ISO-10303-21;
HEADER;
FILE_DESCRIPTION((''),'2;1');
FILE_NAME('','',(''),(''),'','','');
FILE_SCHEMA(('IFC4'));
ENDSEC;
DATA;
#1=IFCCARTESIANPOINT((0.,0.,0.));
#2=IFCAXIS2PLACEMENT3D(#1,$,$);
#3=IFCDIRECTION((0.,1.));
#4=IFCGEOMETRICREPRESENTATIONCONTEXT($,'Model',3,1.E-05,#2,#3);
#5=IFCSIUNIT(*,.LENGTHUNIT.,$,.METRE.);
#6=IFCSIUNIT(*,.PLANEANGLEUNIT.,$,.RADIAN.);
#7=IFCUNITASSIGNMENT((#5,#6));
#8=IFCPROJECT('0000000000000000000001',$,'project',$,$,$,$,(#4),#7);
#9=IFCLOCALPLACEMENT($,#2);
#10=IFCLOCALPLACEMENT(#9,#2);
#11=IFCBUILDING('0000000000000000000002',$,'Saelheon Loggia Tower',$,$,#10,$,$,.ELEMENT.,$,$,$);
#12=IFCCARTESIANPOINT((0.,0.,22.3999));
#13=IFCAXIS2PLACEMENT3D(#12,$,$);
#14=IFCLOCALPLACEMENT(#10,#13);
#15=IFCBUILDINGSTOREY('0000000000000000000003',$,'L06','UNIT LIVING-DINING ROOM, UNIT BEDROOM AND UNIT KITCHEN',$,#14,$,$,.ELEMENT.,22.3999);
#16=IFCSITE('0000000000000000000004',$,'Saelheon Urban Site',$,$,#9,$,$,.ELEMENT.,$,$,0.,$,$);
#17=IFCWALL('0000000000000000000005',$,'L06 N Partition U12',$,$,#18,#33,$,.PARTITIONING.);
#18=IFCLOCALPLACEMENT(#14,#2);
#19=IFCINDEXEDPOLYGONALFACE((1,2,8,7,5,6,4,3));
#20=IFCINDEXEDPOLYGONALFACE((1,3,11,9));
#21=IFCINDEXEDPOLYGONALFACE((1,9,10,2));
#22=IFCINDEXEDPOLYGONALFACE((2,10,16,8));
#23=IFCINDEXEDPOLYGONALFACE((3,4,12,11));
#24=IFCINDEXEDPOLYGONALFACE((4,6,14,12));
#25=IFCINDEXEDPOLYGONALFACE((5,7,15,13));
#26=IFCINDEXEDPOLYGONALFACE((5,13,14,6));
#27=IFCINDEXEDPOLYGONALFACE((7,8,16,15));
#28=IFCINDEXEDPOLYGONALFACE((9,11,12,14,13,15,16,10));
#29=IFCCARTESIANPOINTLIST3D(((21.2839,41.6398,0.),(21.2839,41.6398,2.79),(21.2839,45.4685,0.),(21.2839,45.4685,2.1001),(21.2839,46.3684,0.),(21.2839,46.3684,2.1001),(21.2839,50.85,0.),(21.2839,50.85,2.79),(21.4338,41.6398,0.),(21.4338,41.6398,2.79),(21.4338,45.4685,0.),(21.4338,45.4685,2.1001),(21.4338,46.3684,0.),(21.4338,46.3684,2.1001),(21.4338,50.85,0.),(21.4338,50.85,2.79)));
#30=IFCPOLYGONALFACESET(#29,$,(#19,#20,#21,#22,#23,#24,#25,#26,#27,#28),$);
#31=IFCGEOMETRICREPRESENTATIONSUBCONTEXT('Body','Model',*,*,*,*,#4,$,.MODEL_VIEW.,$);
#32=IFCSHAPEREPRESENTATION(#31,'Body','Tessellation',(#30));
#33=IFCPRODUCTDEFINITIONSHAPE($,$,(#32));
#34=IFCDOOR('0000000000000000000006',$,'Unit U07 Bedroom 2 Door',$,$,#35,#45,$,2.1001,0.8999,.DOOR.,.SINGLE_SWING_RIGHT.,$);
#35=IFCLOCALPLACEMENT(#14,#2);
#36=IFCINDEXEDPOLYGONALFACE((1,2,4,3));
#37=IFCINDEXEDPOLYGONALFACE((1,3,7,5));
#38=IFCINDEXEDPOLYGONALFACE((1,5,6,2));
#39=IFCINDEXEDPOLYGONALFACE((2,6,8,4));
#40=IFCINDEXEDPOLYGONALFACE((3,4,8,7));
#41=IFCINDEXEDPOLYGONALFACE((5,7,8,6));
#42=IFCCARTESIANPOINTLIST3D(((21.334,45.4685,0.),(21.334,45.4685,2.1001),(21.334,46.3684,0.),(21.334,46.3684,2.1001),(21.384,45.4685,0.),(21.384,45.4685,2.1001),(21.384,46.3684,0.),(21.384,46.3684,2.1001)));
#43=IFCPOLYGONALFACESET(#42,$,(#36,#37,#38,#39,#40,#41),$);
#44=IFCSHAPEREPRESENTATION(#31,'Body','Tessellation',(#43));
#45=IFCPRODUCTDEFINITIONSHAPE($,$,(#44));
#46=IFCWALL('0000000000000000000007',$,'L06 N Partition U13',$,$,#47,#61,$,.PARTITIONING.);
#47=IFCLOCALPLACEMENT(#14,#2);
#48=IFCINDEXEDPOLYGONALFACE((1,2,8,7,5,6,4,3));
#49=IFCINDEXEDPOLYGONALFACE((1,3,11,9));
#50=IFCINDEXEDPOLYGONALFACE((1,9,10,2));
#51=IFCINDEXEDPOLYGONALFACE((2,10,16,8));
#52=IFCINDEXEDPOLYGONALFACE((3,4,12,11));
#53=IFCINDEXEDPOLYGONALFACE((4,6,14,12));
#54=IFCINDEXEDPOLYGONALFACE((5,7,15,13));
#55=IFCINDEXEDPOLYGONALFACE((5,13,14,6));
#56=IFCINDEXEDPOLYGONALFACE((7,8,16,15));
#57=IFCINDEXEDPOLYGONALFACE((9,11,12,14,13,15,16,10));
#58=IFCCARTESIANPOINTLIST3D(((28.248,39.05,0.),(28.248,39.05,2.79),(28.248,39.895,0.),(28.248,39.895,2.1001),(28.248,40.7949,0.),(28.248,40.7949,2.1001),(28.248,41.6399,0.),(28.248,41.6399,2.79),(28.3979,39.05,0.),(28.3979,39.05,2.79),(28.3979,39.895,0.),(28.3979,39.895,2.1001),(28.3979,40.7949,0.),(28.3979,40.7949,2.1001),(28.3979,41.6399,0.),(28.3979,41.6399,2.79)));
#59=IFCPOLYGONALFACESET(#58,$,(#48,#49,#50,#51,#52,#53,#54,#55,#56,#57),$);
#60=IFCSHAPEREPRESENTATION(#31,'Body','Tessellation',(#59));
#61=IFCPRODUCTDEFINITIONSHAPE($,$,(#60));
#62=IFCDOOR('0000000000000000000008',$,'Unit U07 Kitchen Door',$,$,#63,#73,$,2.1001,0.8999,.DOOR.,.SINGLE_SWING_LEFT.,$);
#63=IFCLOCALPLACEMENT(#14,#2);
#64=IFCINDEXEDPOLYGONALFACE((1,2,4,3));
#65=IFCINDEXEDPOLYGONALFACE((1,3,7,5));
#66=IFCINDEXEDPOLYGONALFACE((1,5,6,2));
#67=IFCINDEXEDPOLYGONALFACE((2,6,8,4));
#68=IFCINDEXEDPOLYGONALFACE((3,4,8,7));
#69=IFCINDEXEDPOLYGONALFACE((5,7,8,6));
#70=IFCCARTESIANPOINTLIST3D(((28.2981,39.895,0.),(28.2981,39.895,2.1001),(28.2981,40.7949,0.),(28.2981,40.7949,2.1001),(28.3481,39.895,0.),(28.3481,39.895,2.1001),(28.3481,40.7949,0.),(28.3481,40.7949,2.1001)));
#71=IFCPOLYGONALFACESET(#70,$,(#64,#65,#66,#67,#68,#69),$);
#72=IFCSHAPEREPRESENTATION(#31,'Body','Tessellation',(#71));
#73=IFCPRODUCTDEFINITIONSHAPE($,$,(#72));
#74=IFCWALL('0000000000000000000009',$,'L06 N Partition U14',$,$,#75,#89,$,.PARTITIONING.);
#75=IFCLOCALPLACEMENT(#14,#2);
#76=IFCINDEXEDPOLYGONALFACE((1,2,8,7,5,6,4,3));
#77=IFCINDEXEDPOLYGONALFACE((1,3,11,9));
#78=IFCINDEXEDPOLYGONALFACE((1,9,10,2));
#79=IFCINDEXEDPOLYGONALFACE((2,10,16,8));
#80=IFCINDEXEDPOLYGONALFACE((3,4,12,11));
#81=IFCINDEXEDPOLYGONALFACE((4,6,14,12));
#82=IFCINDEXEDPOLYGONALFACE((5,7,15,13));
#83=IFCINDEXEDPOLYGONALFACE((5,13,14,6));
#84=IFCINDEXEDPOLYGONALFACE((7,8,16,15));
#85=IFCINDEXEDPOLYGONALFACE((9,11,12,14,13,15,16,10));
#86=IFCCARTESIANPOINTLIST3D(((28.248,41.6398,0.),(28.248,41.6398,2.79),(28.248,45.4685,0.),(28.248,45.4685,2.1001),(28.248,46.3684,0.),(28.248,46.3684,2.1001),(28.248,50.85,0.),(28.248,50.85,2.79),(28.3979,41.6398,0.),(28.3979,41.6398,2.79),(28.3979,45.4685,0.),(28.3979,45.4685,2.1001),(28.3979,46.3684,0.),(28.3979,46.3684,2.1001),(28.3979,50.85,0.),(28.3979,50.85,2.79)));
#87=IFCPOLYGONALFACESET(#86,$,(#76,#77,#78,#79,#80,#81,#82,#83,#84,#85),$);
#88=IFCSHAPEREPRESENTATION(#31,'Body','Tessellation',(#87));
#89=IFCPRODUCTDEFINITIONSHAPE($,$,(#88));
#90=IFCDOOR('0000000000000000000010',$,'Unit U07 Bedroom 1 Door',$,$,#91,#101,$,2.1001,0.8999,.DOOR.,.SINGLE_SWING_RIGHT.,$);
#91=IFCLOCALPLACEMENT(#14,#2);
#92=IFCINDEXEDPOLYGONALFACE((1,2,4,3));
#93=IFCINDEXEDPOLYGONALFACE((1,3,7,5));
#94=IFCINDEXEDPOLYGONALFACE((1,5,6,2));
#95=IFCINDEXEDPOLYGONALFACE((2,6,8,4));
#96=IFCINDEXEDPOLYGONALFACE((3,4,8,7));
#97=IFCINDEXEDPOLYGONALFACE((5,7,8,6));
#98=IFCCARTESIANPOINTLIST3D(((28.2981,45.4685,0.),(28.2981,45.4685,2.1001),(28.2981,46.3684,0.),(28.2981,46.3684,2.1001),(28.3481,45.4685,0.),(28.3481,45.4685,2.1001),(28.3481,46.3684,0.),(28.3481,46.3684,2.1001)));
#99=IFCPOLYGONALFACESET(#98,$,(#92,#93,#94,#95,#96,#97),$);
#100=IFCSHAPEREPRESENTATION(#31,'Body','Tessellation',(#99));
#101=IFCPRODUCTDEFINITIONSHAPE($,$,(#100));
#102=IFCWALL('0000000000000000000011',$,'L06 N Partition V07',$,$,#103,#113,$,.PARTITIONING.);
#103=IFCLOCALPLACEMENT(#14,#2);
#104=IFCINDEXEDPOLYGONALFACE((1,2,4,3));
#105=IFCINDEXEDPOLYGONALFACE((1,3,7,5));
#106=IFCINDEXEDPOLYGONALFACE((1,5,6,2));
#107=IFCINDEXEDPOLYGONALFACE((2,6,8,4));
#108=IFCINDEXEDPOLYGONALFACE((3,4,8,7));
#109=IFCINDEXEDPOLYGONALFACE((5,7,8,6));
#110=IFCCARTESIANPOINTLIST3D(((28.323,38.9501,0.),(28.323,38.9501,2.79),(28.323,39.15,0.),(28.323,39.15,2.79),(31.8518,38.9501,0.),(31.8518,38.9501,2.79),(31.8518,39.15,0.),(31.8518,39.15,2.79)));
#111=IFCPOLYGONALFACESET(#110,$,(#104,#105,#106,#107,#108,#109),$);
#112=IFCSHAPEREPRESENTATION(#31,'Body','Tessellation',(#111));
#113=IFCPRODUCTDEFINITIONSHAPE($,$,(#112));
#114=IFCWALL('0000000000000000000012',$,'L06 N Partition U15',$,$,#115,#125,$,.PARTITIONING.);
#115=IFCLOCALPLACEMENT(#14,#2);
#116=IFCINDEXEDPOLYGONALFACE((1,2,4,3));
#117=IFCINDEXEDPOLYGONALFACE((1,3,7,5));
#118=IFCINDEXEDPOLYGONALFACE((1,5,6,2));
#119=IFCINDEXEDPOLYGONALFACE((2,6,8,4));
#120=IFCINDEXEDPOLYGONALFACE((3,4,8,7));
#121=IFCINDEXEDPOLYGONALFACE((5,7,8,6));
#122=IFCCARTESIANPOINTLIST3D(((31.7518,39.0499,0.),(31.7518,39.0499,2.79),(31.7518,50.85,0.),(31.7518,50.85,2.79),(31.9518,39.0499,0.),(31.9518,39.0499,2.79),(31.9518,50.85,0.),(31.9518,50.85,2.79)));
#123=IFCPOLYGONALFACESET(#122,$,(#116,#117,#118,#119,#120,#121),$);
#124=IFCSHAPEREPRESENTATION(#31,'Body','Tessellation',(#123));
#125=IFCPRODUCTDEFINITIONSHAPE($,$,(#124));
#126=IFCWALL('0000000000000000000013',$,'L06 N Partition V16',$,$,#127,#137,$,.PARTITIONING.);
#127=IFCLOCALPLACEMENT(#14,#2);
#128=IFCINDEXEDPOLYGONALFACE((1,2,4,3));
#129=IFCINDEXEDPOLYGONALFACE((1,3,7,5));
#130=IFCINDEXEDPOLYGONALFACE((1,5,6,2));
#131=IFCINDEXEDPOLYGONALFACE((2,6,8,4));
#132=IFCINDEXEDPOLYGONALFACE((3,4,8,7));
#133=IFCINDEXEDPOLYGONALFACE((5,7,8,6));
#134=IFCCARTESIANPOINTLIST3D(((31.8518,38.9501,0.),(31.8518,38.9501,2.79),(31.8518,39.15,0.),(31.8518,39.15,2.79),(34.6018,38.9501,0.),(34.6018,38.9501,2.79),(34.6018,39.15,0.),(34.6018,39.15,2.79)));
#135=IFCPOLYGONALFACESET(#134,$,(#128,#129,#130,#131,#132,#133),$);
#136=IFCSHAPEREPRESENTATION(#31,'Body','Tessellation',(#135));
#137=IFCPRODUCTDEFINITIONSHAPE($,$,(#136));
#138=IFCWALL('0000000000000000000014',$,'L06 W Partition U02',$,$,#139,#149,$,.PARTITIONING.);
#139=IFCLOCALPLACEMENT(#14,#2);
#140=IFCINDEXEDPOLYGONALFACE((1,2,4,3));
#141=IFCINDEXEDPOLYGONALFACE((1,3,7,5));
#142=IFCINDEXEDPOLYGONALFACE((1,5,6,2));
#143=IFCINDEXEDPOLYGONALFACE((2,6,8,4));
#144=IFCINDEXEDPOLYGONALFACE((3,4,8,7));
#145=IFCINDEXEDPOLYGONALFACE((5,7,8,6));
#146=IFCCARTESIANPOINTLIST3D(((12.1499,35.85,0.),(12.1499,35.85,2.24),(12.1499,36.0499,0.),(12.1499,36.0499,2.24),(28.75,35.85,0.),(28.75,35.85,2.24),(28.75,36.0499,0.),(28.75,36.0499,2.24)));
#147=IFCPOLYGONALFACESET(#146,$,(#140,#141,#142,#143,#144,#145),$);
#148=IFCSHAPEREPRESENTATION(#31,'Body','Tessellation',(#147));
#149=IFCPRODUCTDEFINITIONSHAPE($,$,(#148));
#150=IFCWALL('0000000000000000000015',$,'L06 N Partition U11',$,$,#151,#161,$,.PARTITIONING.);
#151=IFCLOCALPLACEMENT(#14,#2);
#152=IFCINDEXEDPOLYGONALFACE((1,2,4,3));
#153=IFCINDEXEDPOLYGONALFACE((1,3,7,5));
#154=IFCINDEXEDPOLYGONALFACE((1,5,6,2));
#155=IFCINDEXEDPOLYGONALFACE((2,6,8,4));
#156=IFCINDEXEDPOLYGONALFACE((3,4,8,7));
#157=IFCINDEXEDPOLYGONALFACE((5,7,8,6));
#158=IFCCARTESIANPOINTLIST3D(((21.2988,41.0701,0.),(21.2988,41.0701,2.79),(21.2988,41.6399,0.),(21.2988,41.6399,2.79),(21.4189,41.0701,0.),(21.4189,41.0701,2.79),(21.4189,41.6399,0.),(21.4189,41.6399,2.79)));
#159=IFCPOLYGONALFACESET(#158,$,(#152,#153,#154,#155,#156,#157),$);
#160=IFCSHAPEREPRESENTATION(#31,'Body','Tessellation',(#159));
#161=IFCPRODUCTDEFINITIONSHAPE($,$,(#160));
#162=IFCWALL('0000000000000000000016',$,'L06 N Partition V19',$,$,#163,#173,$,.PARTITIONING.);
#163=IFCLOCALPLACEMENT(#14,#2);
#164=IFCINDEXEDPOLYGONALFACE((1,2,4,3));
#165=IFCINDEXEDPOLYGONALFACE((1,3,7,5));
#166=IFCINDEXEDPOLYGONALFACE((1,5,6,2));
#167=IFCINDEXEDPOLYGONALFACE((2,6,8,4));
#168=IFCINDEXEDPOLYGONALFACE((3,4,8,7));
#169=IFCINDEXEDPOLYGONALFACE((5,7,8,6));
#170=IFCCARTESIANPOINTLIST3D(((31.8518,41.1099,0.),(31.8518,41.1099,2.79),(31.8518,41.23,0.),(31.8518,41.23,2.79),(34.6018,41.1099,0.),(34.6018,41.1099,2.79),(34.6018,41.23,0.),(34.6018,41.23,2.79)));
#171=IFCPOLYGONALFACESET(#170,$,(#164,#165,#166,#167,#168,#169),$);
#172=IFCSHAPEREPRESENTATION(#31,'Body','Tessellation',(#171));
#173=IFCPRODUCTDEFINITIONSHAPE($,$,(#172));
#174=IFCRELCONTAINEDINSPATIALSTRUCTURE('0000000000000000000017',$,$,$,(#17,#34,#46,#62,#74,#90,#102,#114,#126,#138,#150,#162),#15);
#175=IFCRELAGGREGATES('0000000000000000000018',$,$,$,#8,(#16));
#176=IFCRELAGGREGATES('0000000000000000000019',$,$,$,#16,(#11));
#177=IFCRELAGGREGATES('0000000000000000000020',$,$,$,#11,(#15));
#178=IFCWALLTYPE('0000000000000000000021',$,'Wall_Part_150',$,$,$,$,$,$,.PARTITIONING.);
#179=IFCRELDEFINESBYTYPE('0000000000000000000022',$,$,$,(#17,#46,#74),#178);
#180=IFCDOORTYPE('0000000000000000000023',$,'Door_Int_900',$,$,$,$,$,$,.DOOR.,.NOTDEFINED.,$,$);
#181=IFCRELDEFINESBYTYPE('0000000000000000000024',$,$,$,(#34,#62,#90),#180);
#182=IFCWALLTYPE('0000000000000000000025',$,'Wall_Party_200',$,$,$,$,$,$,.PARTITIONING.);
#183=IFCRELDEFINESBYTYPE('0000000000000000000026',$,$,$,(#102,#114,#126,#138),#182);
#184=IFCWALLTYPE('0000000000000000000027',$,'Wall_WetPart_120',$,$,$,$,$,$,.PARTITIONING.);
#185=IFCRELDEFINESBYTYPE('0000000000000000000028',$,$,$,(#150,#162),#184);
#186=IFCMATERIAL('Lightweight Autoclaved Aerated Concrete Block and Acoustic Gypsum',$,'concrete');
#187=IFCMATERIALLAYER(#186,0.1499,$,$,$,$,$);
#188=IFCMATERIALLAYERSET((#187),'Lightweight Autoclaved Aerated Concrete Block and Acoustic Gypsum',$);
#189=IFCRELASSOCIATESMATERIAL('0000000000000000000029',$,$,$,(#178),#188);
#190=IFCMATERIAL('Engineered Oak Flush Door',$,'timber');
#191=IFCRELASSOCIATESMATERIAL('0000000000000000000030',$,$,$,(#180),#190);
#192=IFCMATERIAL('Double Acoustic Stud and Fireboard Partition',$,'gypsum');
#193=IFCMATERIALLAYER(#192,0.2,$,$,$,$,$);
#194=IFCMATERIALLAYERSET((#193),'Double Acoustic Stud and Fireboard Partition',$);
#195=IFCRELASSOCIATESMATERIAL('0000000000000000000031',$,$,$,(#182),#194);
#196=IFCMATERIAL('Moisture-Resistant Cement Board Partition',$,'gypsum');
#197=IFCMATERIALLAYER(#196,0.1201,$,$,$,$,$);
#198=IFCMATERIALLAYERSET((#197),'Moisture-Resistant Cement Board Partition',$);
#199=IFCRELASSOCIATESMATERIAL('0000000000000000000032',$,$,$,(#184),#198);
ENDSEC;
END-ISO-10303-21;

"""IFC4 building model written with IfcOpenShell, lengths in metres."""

from ifc_helpers import new_model, si_unit, direction, frame, frame_2d, origin, place, context, subcontext, project, spatial, rectangle, extrude, source, transform, mapped, material, layer, layer_set, type_object, element, fill, save


model = new_model("IFC4")

# Units and contexts
model_context = context("Model", 3, precision=1e-05, world=origin(), true_north=direction((0.0, 1.0)))
body_context = subcontext(model_context, "Body", "Model", "MODEL_VIEW")
ifc_project = project(units=[si_unit("LENGTHUNIT", "METRE"), si_unit("PLANEANGLEUNIT", "RADIAN")], contexts=[model_context])

# Site, building, storey
site_placement = place(None, origin())
site = spatial("IfcSite", under=ifc_project, at=site_placement, Name="Saelheon Urban Site", CompositionType="ELEMENT", RefElevation=0.0)
building_placement = place(site_placement, origin())
building = spatial("IfcBuilding", under=site, at=building_placement, Name="Saelheon Loggia Tower", CompositionType="ELEMENT")
storey_placement = place(building_placement, frame((0.0, 0.0, 22.3999)))
storey = spatial("IfcBuildingStorey", under=building, at=storey_placement, Name="L06", Description="UNIT LIVING-DINING ROOM, UNIT BEDROOM AND UNIT KITCHEN", CompositionType="ELEMENT", Elevation=22.3999)

# Shared definitions
ifc_material_1 = material(Name="Lightweight Autoclaved Aerated Concrete Block and Acoustic Gypsum", Category="concrete")
ifc_layer_1 = layer(ifc_material_1, 0.1499)
ifc_layer_set_1 = layer_set([ifc_layer_1], Name="Lightweight Autoclaved Aerated Concrete Block and Acoustic Gypsum")
wall_type_1 = type_object("IfcWallType", Name="Wall_Part_150", PredefinedType="PARTITIONING", material=ifc_layer_set_1)

# Walls, openings, doors
wall_1_placement = place(storey_placement, frame((21.3589, 41.6399, 0.0), z_axis=(0.0, 0.0, 1.0), x_axis=(0.0, 1.0, 0.0)))
wall_1 = element("IfcWall", 1, at=wall_1_placement, inside=storey, type_object=wall_type_1, Name="L06 N Partition U12", PredefinedType="PARTITIONING", context=body_context, shape_type="SweptSolid", body=[
    extrude(rectangle(XDim=9.2102, YDim=0.1499, at=frame_2d((4.605, 0.0))), origin(), (0.0, 0.0, 1.0), 2.79),
])
opening_1_placement = place(wall_1_placement, frame((3.8286, 0.0, 0.0)))
opening_1 = element("IfcOpeningElement", 2, at=opening_1_placement, cuts=wall_1, PredefinedType="OPENING", context=body_context, shape_type="SweptSolid", body=[
    extrude(rectangle(XDim=0.8999, YDim=2.1001, at=frame_2d((0.45, 1.05))), frame((0.0, 0.0869, 0.0), z_axis=(0.0, -1.0, 0.0), x_axis=(1.0, 0.0, 0.0)), (0.0, 0.0, 1.0), 0.1738),
])
ifc_material_2 = material(Name="Engineered Oak Flush Door", Category="timber")
door_type_1 = type_object("IfcDoorType", Name="Door_Int_900", OperationType="NOTDEFINED", PredefinedType="DOOR", material=ifc_material_2)
shared_shape_1 = source(origin(), body_context, "Body", "SweptSolid", [
    extrude(rectangle(XDim=0.8999, YDim=2.1001, at=frame_2d((0.45, 1.05))), frame((0.0, 0.0249, 0.0), z_axis=(0.0, -1.0, 0.0), x_axis=(1.0, 0.0, 0.0)), (0.0, 0.0, 1.0), 0.05),
])
door_1_placement = place(opening_1_placement, origin())
door_1 = element("IfcDoor", 3, at=door_1_placement, inside=storey, type_object=door_type_1, Name="Unit U07 Bedroom 2 Door", OperationType="SINGLE_SWING_RIGHT", OverallHeight=2.1001, OverallWidth=0.8999, PredefinedType="DOOR", context=body_context, shape_type="MappedRepresentation", body=[
    mapped(shared_shape_1, transform((0.0, 0.0, 0.0), scale=1.0)),
])
fill(opening_1, door_1)
wall_2_placement = place(storey_placement, frame((28.323, 39.05, 0.0), z_axis=(0.0, 0.0, 1.0), x_axis=(0.0, 1.0, 0.0)))
wall_2 = element("IfcWall", 4, at=wall_2_placement, inside=storey, type_object=wall_type_1, Name="L06 N Partition U13", PredefinedType="PARTITIONING", context=body_context, shape_type="SweptSolid", body=[
    extrude(rectangle(XDim=2.5898, YDim=0.1499, at=frame_2d((1.2949, 0.0))), origin(), (0.0, 0.0, 1.0), 2.79),
])
opening_2_placement = place(wall_2_placement, frame((0.845, 0.0, 0.0)))
opening_2 = element("IfcOpeningElement", 5, at=opening_2_placement, cuts=wall_2, PredefinedType="OPENING", context=body_context, shape_type="SweptSolid", body=[
    extrude(rectangle(XDim=0.8999, YDim=2.1001, at=frame_2d((0.45, 1.05))), frame((0.0, 0.0869, 0.0), z_axis=(0.0, -1.0, 0.0), x_axis=(1.0, 0.0, 0.0)), (0.0, 0.0, 1.0), 0.1738),
])
door_2_placement = place(opening_2_placement, origin())
door_2 = element("IfcDoor", 6, at=door_2_placement, inside=storey, type_object=door_type_1, Name="Unit U07 Kitchen Door", OperationType="SINGLE_SWING_LEFT", OverallHeight=2.1001, OverallWidth=0.8999, PredefinedType="DOOR", context=body_context, shape_type="MappedRepresentation", body=[
    mapped(shared_shape_1, transform((0.0, 0.0, 0.0), scale=1.0)),
])
fill(opening_2, door_2)
wall_3_placement = place(storey_placement, frame((28.323, 41.6399, 0.0), z_axis=(0.0, 0.0, 1.0), x_axis=(0.0, 1.0, 0.0)))
wall_3 = element("IfcWall", 7, at=wall_3_placement, inside=storey, type_object=wall_type_1, Name="L06 N Partition U14", PredefinedType="PARTITIONING", context=body_context, shape_type="SweptSolid", body=[
    extrude(rectangle(XDim=9.2102, YDim=0.1499, at=frame_2d((4.605, 0.0))), origin(), (0.0, 0.0, 1.0), 2.79),
])
opening_3_placement = place(wall_3_placement, frame((3.8286, 0.0, 0.0)))
opening_3 = element("IfcOpeningElement", 8, at=opening_3_placement, cuts=wall_3, PredefinedType="OPENING", context=body_context, shape_type="SweptSolid", body=[
    extrude(rectangle(XDim=0.8999, YDim=2.1001, at=frame_2d((0.45, 1.05))), frame((0.0, 0.0869, 0.0), z_axis=(0.0, -1.0, 0.0), x_axis=(1.0, 0.0, 0.0)), (0.0, 0.0, 1.0), 0.1738),
])
door_3_placement = place(opening_3_placement, origin())
door_3 = element("IfcDoor", 9, at=door_3_placement, inside=storey, type_object=door_type_1, Name="Unit U07 Bedroom 1 Door", OperationType="SINGLE_SWING_RIGHT", OverallHeight=2.1001, OverallWidth=0.8999, PredefinedType="DOOR", context=body_context, shape_type="MappedRepresentation", body=[
    mapped(shared_shape_1, transform((0.0, 0.0, 0.0), scale=1.0)),
])
fill(opening_3, door_3)

# Walls
ifc_material_3 = material(Name="Double Acoustic Stud and Fireboard Partition", Category="gypsum")
ifc_layer_2 = layer(ifc_material_3, 0.2)
ifc_layer_set_2 = layer_set([ifc_layer_2], Name="Double Acoustic Stud and Fireboard Partition")
wall_type_2 = type_object("IfcWallType", Name="Wall_Party_200", PredefinedType="PARTITIONING", material=ifc_layer_set_2)
wall_4_placement = place(storey_placement, frame((28.323, 39.05, 0.0), z_axis=(0.0, 0.0, 1.0), x_axis=(1.0, 0.0, 0.0)))
element("IfcWall", 10, at=wall_4_placement, inside=storey, type_object=wall_type_2, Name="L06 N Partition V07", PredefinedType="PARTITIONING", context=body_context, shape_type="SweptSolid", body=[
    extrude(rectangle(XDim=3.5288, YDim=0.2, at=frame_2d((1.7644, 0.0))), origin(), (0.0, 0.0, 1.0), 2.79),
])
wall_5_placement = place(storey_placement, frame((31.8518, 39.05, 0.0), z_axis=(0.0, 0.0, 1.0), x_axis=(0.0, 1.0, 0.0)))
element("IfcWall", 11, at=wall_5_placement, inside=storey, type_object=wall_type_2, Name="L06 N Partition U15", PredefinedType="PARTITIONING", context=body_context, shape_type="SweptSolid", body=[
    extrude(rectangle(XDim=11.8, YDim=0.2, at=frame_2d((5.8999, 0.0))), origin(), (0.0, 0.0, 1.0), 2.79),
])
wall_6_placement = place(storey_placement, frame((31.8518, 39.05, 0.0), z_axis=(0.0, 0.0, 1.0), x_axis=(1.0, 0.0, 0.0)))
element("IfcWall", 12, at=wall_6_placement, inside=storey, type_object=wall_type_2, Name="L06 N Partition V16", PredefinedType="PARTITIONING", context=body_context, shape_type="SweptSolid", body=[
    extrude(rectangle(XDim=2.75, YDim=0.2, at=frame_2d((1.375, 0.0))), origin(), (0.0, 0.0, 1.0), 2.79),
])
wall_7_placement = place(storey_placement, frame((28.75, 35.95, 0.0), z_axis=(0.0, 0.0, 1.0), x_axis=(-1.0, 0.0, 0.0)))
element("IfcWall", 13, at=wall_7_placement, inside=storey, type_object=wall_type_2, Name="L06 W Partition U02", PredefinedType="PARTITIONING", context=body_context, shape_type="SweptSolid", body=[
    extrude(rectangle(XDim=16.6001, YDim=0.2, at=frame_2d((8.3, 0.0))), origin(), (0.0, 0.0, 1.0), 2.24),
])
ifc_material_4 = material(Name="Moisture-Resistant Cement Board Partition", Category="gypsum")
ifc_layer_3 = layer(ifc_material_4, 0.1201)
ifc_layer_set_3 = layer_set([ifc_layer_3], Name="Moisture-Resistant Cement Board Partition")
wall_type_3 = type_object("IfcWallType", Name="Wall_WetPart_120", PredefinedType="PARTITIONING", material=ifc_layer_set_3)
wall_8_placement = place(storey_placement, frame((21.3589, 41.0701, 0.0), z_axis=(0.0, 0.0, 1.0), x_axis=(0.0, 1.0, 0.0)))
element("IfcWall", 14, at=wall_8_placement, inside=storey, type_object=wall_type_3, Name="L06 N Partition U11", PredefinedType="PARTITIONING", context=body_context, shape_type="SweptSolid", body=[
    extrude(rectangle(XDim=0.5698, YDim=0.1201, at=frame_2d((0.2849, 0.0))), origin(), (0.0, 0.0, 1.0), 2.79),
])
wall_9_placement = place(storey_placement, frame((31.8518, 41.1699, 0.0), z_axis=(0.0, 0.0, 1.0), x_axis=(1.0, 0.0, 0.0)))
element("IfcWall", 15, at=wall_9_placement, inside=storey, type_object=wall_type_3, Name="L06 N Partition V19", PredefinedType="PARTITIONING", context=body_context, shape_type="SweptSolid", body=[
    extrude(rectangle(XDim=2.75, YDim=0.1201, at=frame_2d((1.375, 0.0))), origin(), (0.0, 0.0, 1.0), 2.79),
])

save(model, "model.ifc")
